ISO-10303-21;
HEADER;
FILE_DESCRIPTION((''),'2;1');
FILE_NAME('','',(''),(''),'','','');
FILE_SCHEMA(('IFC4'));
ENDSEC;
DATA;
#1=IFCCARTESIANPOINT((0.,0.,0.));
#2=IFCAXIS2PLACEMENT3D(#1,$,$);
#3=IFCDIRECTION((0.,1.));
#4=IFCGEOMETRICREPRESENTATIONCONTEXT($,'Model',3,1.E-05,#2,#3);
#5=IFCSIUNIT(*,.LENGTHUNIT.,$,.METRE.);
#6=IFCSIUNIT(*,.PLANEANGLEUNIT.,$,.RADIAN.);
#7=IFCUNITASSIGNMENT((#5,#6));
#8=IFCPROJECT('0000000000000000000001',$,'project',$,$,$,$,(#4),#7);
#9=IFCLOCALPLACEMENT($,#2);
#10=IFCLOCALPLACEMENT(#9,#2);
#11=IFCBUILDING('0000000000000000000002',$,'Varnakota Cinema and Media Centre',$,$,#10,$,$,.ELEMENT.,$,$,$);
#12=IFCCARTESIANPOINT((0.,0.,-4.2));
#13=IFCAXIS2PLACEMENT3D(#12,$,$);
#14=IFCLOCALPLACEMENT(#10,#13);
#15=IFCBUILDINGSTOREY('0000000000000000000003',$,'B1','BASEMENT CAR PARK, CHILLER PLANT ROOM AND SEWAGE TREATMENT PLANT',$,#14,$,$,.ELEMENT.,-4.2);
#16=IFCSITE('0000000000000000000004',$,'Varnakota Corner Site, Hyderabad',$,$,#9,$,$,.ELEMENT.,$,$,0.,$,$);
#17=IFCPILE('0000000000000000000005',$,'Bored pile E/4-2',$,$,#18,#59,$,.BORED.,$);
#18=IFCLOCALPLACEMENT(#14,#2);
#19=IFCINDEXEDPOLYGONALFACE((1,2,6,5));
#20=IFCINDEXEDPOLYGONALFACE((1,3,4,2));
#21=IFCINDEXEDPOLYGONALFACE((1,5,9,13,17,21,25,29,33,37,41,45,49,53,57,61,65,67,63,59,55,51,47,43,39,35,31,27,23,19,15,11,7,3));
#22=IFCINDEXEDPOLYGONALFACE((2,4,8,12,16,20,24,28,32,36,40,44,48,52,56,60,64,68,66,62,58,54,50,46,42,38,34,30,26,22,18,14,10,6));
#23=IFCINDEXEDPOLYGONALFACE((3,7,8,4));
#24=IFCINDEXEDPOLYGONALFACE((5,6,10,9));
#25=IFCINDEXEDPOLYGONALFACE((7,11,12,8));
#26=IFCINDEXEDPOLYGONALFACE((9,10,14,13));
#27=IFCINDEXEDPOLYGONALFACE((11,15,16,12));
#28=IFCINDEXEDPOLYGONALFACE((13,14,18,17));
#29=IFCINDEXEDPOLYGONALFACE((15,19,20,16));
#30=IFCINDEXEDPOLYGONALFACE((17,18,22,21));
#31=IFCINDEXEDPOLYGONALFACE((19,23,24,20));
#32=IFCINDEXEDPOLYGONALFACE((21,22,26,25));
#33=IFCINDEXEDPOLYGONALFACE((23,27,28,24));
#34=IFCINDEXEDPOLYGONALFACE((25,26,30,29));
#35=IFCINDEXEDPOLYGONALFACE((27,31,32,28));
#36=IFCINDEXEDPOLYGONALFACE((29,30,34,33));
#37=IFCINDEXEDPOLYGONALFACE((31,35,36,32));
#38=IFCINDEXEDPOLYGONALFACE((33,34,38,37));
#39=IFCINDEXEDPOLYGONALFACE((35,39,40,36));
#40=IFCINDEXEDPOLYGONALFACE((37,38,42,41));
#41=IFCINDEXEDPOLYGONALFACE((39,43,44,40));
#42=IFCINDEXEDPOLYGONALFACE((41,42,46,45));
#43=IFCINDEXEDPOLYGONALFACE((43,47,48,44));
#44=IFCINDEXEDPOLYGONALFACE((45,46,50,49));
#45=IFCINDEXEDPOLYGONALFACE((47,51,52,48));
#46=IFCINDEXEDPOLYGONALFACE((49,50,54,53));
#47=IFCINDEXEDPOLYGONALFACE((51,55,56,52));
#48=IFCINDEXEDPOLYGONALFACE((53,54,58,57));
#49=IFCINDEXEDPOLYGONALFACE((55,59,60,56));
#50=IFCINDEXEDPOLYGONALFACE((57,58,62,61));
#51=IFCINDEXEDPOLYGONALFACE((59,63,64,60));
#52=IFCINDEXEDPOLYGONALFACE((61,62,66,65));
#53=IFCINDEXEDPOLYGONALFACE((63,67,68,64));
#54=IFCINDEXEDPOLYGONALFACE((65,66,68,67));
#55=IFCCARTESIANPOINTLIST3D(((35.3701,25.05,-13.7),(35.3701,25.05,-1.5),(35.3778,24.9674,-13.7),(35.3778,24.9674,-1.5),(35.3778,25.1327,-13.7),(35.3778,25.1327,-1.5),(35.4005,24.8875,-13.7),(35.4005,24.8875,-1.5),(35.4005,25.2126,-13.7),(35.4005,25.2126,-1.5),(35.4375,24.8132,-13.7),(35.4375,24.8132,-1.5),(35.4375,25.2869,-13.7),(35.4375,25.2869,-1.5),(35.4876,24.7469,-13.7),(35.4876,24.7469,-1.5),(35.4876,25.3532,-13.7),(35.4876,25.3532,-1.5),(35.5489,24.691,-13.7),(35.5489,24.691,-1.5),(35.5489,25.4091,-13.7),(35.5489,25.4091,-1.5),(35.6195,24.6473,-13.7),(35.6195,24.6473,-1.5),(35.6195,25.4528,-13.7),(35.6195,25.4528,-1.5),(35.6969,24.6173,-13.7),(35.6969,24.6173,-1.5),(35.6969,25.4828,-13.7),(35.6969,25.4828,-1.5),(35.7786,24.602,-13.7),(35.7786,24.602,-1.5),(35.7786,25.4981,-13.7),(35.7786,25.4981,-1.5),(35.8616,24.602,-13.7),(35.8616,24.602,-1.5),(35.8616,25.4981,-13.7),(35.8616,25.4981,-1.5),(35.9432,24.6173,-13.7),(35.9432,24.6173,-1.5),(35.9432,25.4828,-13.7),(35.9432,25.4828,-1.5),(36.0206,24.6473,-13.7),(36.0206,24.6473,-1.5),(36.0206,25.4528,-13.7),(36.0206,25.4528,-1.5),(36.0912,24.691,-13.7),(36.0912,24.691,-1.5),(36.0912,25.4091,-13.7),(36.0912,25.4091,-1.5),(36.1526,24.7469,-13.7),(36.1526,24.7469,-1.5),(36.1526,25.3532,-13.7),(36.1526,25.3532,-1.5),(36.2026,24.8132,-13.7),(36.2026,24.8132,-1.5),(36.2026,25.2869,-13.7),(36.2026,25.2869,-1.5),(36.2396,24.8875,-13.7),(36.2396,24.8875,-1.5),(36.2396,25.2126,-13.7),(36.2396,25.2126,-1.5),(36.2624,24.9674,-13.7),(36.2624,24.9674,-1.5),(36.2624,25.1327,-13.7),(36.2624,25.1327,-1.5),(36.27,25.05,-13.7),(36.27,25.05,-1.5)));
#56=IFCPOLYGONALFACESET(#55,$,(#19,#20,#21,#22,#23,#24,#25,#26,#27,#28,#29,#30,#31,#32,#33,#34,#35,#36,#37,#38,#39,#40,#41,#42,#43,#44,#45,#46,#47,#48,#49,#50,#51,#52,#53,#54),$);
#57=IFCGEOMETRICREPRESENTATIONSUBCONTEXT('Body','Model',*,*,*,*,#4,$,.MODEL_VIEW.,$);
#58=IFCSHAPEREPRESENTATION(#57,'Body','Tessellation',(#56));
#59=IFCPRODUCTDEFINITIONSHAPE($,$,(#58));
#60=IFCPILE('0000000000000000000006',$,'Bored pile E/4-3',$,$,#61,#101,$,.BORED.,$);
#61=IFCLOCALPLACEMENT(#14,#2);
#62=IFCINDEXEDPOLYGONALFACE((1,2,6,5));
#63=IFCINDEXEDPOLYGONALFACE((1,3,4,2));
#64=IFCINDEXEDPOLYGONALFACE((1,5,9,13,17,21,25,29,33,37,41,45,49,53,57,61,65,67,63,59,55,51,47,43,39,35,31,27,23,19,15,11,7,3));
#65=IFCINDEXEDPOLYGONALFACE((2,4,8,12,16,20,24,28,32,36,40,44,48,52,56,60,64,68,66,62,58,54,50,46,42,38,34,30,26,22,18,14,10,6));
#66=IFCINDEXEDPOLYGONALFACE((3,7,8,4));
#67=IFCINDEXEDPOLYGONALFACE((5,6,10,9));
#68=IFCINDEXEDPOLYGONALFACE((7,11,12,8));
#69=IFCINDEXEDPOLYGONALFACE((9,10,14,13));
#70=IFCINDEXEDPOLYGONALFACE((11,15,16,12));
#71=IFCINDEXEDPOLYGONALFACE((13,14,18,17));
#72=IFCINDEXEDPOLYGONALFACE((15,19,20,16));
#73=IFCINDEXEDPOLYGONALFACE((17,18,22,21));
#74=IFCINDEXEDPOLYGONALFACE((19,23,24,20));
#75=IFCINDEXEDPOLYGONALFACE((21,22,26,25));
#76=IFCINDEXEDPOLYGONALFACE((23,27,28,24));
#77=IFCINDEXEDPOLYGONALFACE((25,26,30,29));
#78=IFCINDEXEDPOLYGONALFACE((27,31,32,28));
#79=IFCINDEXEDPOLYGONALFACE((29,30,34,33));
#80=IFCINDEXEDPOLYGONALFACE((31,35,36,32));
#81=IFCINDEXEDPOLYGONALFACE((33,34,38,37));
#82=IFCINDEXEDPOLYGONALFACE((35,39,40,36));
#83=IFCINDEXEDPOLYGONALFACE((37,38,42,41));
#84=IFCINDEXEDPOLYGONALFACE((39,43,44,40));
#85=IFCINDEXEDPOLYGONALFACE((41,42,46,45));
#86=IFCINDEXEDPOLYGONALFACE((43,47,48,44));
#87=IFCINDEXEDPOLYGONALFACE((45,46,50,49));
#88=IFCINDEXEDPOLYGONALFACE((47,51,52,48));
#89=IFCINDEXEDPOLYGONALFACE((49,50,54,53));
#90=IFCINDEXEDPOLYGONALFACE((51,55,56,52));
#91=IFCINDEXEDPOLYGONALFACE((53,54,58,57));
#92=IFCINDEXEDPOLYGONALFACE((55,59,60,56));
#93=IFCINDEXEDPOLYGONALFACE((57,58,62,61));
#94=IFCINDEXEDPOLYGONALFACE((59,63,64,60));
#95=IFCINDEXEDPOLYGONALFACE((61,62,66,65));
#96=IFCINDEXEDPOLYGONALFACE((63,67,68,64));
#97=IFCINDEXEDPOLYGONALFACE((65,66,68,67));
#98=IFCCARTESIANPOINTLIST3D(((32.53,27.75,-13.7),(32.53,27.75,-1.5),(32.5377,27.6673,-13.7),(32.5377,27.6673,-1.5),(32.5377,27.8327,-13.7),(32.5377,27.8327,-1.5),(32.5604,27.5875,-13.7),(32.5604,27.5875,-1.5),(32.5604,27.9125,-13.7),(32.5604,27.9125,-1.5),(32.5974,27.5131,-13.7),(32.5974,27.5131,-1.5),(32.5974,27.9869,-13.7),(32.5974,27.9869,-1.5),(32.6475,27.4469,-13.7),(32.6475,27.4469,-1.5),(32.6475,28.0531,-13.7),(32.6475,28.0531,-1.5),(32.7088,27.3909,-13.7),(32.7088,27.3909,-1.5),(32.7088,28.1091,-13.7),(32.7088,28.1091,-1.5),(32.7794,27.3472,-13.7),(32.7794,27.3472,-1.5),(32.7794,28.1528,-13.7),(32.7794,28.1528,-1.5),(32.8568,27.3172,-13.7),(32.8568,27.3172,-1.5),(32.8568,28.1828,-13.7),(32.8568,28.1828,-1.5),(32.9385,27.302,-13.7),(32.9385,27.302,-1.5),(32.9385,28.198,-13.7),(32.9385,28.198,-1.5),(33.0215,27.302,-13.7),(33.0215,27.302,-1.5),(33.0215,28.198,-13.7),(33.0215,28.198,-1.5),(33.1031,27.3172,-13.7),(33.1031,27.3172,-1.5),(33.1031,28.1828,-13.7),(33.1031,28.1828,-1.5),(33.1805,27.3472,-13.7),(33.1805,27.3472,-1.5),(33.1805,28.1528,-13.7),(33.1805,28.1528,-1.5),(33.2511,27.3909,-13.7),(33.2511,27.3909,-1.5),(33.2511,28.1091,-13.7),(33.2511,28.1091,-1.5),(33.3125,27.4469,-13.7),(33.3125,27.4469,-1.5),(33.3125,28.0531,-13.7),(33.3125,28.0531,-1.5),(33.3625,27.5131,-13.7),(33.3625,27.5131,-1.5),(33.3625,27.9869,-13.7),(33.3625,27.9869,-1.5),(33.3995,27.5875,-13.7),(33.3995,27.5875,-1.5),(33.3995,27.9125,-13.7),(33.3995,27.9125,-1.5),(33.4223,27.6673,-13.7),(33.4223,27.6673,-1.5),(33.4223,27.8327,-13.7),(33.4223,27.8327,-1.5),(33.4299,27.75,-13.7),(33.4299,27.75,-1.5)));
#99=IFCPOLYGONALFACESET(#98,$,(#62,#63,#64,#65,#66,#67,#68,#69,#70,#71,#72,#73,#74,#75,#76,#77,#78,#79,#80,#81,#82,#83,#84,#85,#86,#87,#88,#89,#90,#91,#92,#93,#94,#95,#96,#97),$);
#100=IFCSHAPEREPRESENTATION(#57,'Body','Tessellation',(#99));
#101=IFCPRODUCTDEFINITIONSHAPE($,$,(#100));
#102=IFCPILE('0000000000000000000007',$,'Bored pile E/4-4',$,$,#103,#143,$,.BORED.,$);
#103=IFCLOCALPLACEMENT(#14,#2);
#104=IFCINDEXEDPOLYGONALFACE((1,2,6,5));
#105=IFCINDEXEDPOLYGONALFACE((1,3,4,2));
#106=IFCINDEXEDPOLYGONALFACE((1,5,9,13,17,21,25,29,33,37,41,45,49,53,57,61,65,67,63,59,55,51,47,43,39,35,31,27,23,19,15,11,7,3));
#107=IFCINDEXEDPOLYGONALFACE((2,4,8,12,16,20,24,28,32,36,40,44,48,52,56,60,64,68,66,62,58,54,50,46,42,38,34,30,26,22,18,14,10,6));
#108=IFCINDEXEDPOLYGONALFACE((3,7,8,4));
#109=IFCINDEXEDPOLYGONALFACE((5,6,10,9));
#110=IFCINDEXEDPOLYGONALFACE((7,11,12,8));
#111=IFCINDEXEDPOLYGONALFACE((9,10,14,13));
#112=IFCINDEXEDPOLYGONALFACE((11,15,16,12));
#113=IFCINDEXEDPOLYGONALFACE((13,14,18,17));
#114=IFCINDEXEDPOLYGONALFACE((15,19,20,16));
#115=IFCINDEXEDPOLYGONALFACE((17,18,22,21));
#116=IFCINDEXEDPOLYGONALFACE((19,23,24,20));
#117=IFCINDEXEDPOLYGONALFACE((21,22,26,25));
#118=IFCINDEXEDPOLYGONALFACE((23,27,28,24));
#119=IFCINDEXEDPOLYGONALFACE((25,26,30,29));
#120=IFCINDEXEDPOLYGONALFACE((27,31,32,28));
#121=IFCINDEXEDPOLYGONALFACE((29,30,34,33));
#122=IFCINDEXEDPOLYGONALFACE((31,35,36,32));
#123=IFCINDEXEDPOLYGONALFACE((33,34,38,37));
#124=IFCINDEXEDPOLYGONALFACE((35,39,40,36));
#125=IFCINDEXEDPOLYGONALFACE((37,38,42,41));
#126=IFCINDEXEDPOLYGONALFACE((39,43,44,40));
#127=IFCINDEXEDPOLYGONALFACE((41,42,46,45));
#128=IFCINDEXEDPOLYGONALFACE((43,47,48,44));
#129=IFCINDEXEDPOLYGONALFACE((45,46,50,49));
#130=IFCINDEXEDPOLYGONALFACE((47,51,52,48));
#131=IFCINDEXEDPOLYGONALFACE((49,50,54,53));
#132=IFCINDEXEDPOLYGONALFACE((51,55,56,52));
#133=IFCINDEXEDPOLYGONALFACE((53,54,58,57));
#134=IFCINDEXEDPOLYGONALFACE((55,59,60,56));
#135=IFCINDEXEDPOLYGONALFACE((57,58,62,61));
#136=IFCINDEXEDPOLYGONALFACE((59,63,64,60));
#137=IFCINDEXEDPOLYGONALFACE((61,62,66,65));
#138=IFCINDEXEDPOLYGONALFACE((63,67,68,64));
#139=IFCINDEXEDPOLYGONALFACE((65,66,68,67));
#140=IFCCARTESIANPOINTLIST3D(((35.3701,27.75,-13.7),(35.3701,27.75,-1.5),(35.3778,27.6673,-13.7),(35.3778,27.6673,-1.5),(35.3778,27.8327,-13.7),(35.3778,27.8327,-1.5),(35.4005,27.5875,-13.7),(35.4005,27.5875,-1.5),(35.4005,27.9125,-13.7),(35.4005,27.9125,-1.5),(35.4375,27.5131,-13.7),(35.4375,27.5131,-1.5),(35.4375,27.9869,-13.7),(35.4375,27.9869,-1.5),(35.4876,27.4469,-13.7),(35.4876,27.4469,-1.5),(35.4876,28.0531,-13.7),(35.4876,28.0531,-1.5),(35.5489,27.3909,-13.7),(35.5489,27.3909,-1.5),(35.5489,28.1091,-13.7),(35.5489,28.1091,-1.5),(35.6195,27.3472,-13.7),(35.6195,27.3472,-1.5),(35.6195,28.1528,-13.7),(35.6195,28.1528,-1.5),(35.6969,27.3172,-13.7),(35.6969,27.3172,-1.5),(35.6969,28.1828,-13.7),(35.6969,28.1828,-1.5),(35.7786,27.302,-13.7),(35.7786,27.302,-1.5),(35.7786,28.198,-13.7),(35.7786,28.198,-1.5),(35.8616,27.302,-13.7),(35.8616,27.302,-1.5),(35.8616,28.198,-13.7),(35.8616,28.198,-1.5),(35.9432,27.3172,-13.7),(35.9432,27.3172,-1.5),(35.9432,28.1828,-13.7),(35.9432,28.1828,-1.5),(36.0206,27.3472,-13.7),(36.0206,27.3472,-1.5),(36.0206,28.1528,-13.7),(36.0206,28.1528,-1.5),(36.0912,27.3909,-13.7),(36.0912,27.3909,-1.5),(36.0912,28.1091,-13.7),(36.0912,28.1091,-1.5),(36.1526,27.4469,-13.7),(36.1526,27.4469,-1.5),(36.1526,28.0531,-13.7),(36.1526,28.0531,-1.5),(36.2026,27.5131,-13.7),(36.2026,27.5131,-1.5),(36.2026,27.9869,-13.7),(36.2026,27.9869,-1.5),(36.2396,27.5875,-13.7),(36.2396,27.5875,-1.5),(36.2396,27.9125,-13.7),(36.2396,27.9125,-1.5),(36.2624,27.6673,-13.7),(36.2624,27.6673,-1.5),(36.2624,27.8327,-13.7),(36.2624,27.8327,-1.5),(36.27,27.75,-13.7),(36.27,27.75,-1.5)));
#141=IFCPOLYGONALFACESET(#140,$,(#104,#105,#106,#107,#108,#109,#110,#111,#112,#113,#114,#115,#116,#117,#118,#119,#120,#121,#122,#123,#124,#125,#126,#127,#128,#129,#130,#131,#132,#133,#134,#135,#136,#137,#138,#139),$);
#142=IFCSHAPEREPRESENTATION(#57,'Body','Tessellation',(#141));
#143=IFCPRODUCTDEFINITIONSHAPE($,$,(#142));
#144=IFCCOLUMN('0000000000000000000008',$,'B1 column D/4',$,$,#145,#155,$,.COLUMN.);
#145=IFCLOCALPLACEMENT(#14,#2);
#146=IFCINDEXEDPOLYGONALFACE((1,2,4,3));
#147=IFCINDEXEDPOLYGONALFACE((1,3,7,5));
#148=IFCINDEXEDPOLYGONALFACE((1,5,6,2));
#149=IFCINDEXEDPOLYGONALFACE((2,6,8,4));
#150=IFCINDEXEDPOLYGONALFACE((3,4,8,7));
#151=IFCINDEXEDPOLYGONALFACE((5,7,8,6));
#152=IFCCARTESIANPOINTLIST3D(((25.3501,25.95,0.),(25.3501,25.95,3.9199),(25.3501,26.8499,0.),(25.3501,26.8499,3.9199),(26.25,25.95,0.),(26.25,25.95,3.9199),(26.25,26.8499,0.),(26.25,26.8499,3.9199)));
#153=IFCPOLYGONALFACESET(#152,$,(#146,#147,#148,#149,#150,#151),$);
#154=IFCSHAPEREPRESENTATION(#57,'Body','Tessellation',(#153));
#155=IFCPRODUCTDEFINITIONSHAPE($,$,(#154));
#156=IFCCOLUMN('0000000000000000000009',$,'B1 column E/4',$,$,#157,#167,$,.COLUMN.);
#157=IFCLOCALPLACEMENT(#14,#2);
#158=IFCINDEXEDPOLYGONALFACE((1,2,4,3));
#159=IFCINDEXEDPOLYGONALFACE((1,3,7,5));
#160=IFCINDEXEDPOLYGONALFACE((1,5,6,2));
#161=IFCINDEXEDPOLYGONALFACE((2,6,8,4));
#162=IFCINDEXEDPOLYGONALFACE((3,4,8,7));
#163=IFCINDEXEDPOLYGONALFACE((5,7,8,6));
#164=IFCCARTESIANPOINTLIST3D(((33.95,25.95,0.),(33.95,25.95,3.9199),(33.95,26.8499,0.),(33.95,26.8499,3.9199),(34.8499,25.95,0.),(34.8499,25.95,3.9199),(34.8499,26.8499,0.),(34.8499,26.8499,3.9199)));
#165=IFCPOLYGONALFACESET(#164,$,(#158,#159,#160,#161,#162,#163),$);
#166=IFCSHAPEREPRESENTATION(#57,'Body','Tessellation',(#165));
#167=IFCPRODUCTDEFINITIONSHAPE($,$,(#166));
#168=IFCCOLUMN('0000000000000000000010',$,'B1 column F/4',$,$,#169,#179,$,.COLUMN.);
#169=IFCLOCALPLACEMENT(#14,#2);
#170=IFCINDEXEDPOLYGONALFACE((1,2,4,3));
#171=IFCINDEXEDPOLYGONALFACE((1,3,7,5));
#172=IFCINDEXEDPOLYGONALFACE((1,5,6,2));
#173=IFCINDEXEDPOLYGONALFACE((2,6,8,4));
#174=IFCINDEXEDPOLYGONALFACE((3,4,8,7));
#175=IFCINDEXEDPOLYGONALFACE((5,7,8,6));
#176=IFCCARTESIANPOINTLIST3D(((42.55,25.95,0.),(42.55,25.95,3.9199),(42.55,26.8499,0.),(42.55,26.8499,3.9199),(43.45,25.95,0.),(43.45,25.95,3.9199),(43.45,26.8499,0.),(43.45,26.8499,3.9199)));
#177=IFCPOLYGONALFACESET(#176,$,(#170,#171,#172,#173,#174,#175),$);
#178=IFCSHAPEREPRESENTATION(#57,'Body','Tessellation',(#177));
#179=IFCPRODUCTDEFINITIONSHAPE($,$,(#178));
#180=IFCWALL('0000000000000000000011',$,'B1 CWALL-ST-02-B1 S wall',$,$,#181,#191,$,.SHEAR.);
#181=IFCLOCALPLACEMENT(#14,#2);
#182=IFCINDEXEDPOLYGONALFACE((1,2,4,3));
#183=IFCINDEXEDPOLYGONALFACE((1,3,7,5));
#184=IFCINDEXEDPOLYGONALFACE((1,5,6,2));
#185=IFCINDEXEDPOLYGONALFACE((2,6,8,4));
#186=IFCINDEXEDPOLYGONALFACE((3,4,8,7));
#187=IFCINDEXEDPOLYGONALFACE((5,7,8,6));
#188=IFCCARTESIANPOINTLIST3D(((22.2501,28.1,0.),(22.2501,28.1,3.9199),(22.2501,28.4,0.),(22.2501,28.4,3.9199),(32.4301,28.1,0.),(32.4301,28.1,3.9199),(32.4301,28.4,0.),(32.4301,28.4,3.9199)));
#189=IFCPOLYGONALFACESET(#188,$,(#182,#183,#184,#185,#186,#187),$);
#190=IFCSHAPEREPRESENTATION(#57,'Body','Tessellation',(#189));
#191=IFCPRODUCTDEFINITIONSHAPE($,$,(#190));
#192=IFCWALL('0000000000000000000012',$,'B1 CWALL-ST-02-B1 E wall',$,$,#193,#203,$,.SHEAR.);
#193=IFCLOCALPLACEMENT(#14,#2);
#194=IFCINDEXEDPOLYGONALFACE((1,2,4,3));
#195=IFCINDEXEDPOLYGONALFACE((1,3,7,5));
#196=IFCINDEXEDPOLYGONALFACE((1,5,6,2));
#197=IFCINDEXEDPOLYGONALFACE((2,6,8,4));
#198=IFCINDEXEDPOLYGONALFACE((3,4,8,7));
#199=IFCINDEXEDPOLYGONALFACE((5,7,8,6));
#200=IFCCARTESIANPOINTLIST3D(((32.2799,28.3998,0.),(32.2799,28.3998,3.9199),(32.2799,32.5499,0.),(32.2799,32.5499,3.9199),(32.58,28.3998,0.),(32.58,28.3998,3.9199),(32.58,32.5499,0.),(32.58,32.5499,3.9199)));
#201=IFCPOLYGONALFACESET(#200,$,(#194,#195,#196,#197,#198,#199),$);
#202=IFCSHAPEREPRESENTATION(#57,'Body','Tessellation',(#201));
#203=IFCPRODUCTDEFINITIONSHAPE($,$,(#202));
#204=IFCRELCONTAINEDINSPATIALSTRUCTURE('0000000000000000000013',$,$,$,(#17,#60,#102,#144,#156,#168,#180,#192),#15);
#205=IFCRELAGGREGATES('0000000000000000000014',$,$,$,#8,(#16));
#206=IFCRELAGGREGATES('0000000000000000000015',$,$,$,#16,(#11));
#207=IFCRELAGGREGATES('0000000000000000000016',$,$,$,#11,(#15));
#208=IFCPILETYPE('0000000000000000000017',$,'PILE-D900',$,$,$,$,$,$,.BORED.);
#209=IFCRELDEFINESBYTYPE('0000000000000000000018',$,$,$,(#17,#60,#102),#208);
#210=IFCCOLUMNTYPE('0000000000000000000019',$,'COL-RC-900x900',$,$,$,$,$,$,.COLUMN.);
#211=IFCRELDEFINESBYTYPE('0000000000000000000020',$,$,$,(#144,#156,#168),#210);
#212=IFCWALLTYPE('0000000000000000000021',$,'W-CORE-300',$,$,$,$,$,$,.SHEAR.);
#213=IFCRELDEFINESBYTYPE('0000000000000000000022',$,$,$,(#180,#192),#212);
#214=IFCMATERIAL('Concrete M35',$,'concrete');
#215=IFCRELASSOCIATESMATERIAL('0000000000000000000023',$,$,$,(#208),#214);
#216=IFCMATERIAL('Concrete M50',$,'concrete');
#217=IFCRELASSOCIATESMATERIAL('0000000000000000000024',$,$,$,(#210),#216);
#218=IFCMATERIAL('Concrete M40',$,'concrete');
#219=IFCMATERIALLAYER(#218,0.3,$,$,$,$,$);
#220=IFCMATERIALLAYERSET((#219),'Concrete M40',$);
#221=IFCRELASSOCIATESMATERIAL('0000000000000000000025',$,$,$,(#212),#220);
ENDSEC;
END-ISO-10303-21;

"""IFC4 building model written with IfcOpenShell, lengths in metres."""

from ifc_helpers import new_model, si_unit, direction, frame, frame_2d, origin, origin_2d, place, context, subcontext, project, spatial, rectangle, circle, extrude, material, layer, layer_set, material_profile, profile_set, type_object, element, save


model = new_model("IFC4")

# Units and contexts
model_context = context("Model", 3, precision=1e-05, world=origin(), true_north=direction((0.0, 1.0)))
body_context = subcontext(model_context, "Body", "Model", "MODEL_VIEW")
ifc_project = project(units=[si_unit("LENGTHUNIT", "METRE"), si_unit("PLANEANGLEUNIT", "RADIAN")], contexts=[model_context])

# Site, building, storey
site_placement = place(None, origin())
site = spatial("IfcSite", under=ifc_project, at=site_placement, Name="Varnakota Corner Site, Hyderabad", CompositionType="ELEMENT", RefElevation=0.0)
building_placement = place(site_placement, origin())
building = spatial("IfcBuilding", under=site, at=building_placement, Name="Varnakota Cinema and Media Centre", CompositionType="ELEMENT")
storey_placement = place(building_placement, frame((0.0, 0.0, -4.2)))
storey = spatial("IfcBuildingStorey", under=building, at=storey_placement, Name="B1", Description="BASEMENT CAR PARK, CHILLER PLANT ROOM AND SEWAGE TREATMENT PLANT", CompositionType="ELEMENT", Elevation=-4.2)

# Piles
ifc_material_1 = material(Name="Concrete M35", Category="concrete")
ifc_material_profile_1 = material_profile(ifc_material_1, circle(Radius=0.45, at=origin_2d()), Name="PILE D900")
ifc_profile_set_1 = profile_set([ifc_material_profile_1], Name="Concrete M35")
pile_type_1 = type_object("IfcPileType", Name="PILE-D900", PredefinedType="BORED", material=ifc_profile_set_1)
for number, where, z_axis, x_axis, name in (
    (1, (35.8201, 25.05, -1.5), (0.0, 0.0, -1.0), (1.0, 0.0, 0.0), "Bored pile E/4-2"),
    (2, (32.98, 27.75, -1.5), (0.0, 0.0, -1.0), (1.0, 0.0, 0.0), "Bored pile E/4-3"),
    (3, (35.8201, 27.75, -1.5), (0.0, 0.0, -1.0), (1.0, 0.0, 0.0), "Bored pile E/4-4"),
):
    element("IfcPile", number, at=place(storey_placement, frame(where, z_axis=z_axis, x_axis=x_axis)), inside=storey, type_object=pile_type_1, Name=name, PredefinedType="BORED", context=body_context, shape_type="SweptSolid", body=[
        extrude(circle(Radius=0.45, at=origin_2d()), origin(), (0.0, 0.0, 1.0), 12.2),
    ])

# Columns
ifc_material_2 = material(Name="Concrete M50", Category="concrete")
ifc_material_profile_2 = material_profile(ifc_material_2, rectangle(XDim=0.8999, YDim=0.8999, at=origin_2d()), Name="RC 900x900")
ifc_profile_set_2 = profile_set([ifc_material_profile_2], Name="Concrete M50")
column_type = type_object("IfcColumnType", Name="COL-RC-900x900", PredefinedType="COLUMN", material=ifc_profile_set_2)
for number, where, z_axis, x_axis, name in (
    (4, (25.8, 26.3999, 0.0), (0.0, 0.0, 1.0), (1.0, 0.0, 0.0), "B1 column D/4"),
    (5, (34.3999, 26.3999, 0.0), (0.0, 0.0, 1.0), (1.0, 0.0, 0.0), "B1 column E/4"),
    (6, (43.0, 26.3999, 0.0), (0.0, 0.0, 1.0), (1.0, 0.0, 0.0), "B1 column F/4"),
):
    element("IfcColumn", number, at=place(storey_placement, frame(where, z_axis=z_axis, x_axis=x_axis)), inside=storey, type_object=column_type, Name=name, PredefinedType="COLUMN", context=body_context, shape_type="SweptSolid", body=[
        extrude(rectangle(XDim=0.8999, YDim=0.8999, at=origin_2d()), origin(), (0.0, 0.0, 1.0), 3.9199),
    ])

# Walls
ifc_material_3 = material(Name="Concrete M40", Category="concrete")
ifc_layer = layer(ifc_material_3, 0.3)
ifc_layer_set = layer_set([ifc_layer], Name="Concrete M40")
wall_type = type_object("IfcWallType", Name="W-CORE-300", PredefinedType="SHEAR", material=ifc_layer_set)
wall_1_placement = place(storey_placement, frame((32.4299, 28.25, 0.0), z_axis=(0.0, 0.0, 1.0), x_axis=(-1.0, 0.0, 0.0)))
element("IfcWall", 7, at=wall_1_placement, inside=storey, type_object=wall_type, Name="B1 CWALL-ST-02-B1 S wall", PredefinedType="SHEAR", context=body_context, shape_type="SweptSolid", body=[
    extrude(rectangle(XDim=10.1799, YDim=0.3, at=frame_2d((5.0898, 0.0))), origin(), (0.0, 0.0, 1.0), 3.9199),
])
wall_2_placement = place(storey_placement, frame((32.4299, 32.55, 0.0), z_axis=(0.0, 0.0, 1.0), x_axis=(0.0, -1.0, 0.0)))
element("IfcWall", 8, at=wall_2_placement, inside=storey, type_object=wall_type, Name="B1 CWALL-ST-02-B1 E wall", PredefinedType="SHEAR", context=body_context, shape_type="SweptSolid", body=[
    extrude(rectangle(XDim=4.1501, YDim=0.3, at=frame_2d((2.0752, 0.0))), origin(), (0.0, 0.0, 1.0), 3.9199),
])

save(model, "model.ifc")
